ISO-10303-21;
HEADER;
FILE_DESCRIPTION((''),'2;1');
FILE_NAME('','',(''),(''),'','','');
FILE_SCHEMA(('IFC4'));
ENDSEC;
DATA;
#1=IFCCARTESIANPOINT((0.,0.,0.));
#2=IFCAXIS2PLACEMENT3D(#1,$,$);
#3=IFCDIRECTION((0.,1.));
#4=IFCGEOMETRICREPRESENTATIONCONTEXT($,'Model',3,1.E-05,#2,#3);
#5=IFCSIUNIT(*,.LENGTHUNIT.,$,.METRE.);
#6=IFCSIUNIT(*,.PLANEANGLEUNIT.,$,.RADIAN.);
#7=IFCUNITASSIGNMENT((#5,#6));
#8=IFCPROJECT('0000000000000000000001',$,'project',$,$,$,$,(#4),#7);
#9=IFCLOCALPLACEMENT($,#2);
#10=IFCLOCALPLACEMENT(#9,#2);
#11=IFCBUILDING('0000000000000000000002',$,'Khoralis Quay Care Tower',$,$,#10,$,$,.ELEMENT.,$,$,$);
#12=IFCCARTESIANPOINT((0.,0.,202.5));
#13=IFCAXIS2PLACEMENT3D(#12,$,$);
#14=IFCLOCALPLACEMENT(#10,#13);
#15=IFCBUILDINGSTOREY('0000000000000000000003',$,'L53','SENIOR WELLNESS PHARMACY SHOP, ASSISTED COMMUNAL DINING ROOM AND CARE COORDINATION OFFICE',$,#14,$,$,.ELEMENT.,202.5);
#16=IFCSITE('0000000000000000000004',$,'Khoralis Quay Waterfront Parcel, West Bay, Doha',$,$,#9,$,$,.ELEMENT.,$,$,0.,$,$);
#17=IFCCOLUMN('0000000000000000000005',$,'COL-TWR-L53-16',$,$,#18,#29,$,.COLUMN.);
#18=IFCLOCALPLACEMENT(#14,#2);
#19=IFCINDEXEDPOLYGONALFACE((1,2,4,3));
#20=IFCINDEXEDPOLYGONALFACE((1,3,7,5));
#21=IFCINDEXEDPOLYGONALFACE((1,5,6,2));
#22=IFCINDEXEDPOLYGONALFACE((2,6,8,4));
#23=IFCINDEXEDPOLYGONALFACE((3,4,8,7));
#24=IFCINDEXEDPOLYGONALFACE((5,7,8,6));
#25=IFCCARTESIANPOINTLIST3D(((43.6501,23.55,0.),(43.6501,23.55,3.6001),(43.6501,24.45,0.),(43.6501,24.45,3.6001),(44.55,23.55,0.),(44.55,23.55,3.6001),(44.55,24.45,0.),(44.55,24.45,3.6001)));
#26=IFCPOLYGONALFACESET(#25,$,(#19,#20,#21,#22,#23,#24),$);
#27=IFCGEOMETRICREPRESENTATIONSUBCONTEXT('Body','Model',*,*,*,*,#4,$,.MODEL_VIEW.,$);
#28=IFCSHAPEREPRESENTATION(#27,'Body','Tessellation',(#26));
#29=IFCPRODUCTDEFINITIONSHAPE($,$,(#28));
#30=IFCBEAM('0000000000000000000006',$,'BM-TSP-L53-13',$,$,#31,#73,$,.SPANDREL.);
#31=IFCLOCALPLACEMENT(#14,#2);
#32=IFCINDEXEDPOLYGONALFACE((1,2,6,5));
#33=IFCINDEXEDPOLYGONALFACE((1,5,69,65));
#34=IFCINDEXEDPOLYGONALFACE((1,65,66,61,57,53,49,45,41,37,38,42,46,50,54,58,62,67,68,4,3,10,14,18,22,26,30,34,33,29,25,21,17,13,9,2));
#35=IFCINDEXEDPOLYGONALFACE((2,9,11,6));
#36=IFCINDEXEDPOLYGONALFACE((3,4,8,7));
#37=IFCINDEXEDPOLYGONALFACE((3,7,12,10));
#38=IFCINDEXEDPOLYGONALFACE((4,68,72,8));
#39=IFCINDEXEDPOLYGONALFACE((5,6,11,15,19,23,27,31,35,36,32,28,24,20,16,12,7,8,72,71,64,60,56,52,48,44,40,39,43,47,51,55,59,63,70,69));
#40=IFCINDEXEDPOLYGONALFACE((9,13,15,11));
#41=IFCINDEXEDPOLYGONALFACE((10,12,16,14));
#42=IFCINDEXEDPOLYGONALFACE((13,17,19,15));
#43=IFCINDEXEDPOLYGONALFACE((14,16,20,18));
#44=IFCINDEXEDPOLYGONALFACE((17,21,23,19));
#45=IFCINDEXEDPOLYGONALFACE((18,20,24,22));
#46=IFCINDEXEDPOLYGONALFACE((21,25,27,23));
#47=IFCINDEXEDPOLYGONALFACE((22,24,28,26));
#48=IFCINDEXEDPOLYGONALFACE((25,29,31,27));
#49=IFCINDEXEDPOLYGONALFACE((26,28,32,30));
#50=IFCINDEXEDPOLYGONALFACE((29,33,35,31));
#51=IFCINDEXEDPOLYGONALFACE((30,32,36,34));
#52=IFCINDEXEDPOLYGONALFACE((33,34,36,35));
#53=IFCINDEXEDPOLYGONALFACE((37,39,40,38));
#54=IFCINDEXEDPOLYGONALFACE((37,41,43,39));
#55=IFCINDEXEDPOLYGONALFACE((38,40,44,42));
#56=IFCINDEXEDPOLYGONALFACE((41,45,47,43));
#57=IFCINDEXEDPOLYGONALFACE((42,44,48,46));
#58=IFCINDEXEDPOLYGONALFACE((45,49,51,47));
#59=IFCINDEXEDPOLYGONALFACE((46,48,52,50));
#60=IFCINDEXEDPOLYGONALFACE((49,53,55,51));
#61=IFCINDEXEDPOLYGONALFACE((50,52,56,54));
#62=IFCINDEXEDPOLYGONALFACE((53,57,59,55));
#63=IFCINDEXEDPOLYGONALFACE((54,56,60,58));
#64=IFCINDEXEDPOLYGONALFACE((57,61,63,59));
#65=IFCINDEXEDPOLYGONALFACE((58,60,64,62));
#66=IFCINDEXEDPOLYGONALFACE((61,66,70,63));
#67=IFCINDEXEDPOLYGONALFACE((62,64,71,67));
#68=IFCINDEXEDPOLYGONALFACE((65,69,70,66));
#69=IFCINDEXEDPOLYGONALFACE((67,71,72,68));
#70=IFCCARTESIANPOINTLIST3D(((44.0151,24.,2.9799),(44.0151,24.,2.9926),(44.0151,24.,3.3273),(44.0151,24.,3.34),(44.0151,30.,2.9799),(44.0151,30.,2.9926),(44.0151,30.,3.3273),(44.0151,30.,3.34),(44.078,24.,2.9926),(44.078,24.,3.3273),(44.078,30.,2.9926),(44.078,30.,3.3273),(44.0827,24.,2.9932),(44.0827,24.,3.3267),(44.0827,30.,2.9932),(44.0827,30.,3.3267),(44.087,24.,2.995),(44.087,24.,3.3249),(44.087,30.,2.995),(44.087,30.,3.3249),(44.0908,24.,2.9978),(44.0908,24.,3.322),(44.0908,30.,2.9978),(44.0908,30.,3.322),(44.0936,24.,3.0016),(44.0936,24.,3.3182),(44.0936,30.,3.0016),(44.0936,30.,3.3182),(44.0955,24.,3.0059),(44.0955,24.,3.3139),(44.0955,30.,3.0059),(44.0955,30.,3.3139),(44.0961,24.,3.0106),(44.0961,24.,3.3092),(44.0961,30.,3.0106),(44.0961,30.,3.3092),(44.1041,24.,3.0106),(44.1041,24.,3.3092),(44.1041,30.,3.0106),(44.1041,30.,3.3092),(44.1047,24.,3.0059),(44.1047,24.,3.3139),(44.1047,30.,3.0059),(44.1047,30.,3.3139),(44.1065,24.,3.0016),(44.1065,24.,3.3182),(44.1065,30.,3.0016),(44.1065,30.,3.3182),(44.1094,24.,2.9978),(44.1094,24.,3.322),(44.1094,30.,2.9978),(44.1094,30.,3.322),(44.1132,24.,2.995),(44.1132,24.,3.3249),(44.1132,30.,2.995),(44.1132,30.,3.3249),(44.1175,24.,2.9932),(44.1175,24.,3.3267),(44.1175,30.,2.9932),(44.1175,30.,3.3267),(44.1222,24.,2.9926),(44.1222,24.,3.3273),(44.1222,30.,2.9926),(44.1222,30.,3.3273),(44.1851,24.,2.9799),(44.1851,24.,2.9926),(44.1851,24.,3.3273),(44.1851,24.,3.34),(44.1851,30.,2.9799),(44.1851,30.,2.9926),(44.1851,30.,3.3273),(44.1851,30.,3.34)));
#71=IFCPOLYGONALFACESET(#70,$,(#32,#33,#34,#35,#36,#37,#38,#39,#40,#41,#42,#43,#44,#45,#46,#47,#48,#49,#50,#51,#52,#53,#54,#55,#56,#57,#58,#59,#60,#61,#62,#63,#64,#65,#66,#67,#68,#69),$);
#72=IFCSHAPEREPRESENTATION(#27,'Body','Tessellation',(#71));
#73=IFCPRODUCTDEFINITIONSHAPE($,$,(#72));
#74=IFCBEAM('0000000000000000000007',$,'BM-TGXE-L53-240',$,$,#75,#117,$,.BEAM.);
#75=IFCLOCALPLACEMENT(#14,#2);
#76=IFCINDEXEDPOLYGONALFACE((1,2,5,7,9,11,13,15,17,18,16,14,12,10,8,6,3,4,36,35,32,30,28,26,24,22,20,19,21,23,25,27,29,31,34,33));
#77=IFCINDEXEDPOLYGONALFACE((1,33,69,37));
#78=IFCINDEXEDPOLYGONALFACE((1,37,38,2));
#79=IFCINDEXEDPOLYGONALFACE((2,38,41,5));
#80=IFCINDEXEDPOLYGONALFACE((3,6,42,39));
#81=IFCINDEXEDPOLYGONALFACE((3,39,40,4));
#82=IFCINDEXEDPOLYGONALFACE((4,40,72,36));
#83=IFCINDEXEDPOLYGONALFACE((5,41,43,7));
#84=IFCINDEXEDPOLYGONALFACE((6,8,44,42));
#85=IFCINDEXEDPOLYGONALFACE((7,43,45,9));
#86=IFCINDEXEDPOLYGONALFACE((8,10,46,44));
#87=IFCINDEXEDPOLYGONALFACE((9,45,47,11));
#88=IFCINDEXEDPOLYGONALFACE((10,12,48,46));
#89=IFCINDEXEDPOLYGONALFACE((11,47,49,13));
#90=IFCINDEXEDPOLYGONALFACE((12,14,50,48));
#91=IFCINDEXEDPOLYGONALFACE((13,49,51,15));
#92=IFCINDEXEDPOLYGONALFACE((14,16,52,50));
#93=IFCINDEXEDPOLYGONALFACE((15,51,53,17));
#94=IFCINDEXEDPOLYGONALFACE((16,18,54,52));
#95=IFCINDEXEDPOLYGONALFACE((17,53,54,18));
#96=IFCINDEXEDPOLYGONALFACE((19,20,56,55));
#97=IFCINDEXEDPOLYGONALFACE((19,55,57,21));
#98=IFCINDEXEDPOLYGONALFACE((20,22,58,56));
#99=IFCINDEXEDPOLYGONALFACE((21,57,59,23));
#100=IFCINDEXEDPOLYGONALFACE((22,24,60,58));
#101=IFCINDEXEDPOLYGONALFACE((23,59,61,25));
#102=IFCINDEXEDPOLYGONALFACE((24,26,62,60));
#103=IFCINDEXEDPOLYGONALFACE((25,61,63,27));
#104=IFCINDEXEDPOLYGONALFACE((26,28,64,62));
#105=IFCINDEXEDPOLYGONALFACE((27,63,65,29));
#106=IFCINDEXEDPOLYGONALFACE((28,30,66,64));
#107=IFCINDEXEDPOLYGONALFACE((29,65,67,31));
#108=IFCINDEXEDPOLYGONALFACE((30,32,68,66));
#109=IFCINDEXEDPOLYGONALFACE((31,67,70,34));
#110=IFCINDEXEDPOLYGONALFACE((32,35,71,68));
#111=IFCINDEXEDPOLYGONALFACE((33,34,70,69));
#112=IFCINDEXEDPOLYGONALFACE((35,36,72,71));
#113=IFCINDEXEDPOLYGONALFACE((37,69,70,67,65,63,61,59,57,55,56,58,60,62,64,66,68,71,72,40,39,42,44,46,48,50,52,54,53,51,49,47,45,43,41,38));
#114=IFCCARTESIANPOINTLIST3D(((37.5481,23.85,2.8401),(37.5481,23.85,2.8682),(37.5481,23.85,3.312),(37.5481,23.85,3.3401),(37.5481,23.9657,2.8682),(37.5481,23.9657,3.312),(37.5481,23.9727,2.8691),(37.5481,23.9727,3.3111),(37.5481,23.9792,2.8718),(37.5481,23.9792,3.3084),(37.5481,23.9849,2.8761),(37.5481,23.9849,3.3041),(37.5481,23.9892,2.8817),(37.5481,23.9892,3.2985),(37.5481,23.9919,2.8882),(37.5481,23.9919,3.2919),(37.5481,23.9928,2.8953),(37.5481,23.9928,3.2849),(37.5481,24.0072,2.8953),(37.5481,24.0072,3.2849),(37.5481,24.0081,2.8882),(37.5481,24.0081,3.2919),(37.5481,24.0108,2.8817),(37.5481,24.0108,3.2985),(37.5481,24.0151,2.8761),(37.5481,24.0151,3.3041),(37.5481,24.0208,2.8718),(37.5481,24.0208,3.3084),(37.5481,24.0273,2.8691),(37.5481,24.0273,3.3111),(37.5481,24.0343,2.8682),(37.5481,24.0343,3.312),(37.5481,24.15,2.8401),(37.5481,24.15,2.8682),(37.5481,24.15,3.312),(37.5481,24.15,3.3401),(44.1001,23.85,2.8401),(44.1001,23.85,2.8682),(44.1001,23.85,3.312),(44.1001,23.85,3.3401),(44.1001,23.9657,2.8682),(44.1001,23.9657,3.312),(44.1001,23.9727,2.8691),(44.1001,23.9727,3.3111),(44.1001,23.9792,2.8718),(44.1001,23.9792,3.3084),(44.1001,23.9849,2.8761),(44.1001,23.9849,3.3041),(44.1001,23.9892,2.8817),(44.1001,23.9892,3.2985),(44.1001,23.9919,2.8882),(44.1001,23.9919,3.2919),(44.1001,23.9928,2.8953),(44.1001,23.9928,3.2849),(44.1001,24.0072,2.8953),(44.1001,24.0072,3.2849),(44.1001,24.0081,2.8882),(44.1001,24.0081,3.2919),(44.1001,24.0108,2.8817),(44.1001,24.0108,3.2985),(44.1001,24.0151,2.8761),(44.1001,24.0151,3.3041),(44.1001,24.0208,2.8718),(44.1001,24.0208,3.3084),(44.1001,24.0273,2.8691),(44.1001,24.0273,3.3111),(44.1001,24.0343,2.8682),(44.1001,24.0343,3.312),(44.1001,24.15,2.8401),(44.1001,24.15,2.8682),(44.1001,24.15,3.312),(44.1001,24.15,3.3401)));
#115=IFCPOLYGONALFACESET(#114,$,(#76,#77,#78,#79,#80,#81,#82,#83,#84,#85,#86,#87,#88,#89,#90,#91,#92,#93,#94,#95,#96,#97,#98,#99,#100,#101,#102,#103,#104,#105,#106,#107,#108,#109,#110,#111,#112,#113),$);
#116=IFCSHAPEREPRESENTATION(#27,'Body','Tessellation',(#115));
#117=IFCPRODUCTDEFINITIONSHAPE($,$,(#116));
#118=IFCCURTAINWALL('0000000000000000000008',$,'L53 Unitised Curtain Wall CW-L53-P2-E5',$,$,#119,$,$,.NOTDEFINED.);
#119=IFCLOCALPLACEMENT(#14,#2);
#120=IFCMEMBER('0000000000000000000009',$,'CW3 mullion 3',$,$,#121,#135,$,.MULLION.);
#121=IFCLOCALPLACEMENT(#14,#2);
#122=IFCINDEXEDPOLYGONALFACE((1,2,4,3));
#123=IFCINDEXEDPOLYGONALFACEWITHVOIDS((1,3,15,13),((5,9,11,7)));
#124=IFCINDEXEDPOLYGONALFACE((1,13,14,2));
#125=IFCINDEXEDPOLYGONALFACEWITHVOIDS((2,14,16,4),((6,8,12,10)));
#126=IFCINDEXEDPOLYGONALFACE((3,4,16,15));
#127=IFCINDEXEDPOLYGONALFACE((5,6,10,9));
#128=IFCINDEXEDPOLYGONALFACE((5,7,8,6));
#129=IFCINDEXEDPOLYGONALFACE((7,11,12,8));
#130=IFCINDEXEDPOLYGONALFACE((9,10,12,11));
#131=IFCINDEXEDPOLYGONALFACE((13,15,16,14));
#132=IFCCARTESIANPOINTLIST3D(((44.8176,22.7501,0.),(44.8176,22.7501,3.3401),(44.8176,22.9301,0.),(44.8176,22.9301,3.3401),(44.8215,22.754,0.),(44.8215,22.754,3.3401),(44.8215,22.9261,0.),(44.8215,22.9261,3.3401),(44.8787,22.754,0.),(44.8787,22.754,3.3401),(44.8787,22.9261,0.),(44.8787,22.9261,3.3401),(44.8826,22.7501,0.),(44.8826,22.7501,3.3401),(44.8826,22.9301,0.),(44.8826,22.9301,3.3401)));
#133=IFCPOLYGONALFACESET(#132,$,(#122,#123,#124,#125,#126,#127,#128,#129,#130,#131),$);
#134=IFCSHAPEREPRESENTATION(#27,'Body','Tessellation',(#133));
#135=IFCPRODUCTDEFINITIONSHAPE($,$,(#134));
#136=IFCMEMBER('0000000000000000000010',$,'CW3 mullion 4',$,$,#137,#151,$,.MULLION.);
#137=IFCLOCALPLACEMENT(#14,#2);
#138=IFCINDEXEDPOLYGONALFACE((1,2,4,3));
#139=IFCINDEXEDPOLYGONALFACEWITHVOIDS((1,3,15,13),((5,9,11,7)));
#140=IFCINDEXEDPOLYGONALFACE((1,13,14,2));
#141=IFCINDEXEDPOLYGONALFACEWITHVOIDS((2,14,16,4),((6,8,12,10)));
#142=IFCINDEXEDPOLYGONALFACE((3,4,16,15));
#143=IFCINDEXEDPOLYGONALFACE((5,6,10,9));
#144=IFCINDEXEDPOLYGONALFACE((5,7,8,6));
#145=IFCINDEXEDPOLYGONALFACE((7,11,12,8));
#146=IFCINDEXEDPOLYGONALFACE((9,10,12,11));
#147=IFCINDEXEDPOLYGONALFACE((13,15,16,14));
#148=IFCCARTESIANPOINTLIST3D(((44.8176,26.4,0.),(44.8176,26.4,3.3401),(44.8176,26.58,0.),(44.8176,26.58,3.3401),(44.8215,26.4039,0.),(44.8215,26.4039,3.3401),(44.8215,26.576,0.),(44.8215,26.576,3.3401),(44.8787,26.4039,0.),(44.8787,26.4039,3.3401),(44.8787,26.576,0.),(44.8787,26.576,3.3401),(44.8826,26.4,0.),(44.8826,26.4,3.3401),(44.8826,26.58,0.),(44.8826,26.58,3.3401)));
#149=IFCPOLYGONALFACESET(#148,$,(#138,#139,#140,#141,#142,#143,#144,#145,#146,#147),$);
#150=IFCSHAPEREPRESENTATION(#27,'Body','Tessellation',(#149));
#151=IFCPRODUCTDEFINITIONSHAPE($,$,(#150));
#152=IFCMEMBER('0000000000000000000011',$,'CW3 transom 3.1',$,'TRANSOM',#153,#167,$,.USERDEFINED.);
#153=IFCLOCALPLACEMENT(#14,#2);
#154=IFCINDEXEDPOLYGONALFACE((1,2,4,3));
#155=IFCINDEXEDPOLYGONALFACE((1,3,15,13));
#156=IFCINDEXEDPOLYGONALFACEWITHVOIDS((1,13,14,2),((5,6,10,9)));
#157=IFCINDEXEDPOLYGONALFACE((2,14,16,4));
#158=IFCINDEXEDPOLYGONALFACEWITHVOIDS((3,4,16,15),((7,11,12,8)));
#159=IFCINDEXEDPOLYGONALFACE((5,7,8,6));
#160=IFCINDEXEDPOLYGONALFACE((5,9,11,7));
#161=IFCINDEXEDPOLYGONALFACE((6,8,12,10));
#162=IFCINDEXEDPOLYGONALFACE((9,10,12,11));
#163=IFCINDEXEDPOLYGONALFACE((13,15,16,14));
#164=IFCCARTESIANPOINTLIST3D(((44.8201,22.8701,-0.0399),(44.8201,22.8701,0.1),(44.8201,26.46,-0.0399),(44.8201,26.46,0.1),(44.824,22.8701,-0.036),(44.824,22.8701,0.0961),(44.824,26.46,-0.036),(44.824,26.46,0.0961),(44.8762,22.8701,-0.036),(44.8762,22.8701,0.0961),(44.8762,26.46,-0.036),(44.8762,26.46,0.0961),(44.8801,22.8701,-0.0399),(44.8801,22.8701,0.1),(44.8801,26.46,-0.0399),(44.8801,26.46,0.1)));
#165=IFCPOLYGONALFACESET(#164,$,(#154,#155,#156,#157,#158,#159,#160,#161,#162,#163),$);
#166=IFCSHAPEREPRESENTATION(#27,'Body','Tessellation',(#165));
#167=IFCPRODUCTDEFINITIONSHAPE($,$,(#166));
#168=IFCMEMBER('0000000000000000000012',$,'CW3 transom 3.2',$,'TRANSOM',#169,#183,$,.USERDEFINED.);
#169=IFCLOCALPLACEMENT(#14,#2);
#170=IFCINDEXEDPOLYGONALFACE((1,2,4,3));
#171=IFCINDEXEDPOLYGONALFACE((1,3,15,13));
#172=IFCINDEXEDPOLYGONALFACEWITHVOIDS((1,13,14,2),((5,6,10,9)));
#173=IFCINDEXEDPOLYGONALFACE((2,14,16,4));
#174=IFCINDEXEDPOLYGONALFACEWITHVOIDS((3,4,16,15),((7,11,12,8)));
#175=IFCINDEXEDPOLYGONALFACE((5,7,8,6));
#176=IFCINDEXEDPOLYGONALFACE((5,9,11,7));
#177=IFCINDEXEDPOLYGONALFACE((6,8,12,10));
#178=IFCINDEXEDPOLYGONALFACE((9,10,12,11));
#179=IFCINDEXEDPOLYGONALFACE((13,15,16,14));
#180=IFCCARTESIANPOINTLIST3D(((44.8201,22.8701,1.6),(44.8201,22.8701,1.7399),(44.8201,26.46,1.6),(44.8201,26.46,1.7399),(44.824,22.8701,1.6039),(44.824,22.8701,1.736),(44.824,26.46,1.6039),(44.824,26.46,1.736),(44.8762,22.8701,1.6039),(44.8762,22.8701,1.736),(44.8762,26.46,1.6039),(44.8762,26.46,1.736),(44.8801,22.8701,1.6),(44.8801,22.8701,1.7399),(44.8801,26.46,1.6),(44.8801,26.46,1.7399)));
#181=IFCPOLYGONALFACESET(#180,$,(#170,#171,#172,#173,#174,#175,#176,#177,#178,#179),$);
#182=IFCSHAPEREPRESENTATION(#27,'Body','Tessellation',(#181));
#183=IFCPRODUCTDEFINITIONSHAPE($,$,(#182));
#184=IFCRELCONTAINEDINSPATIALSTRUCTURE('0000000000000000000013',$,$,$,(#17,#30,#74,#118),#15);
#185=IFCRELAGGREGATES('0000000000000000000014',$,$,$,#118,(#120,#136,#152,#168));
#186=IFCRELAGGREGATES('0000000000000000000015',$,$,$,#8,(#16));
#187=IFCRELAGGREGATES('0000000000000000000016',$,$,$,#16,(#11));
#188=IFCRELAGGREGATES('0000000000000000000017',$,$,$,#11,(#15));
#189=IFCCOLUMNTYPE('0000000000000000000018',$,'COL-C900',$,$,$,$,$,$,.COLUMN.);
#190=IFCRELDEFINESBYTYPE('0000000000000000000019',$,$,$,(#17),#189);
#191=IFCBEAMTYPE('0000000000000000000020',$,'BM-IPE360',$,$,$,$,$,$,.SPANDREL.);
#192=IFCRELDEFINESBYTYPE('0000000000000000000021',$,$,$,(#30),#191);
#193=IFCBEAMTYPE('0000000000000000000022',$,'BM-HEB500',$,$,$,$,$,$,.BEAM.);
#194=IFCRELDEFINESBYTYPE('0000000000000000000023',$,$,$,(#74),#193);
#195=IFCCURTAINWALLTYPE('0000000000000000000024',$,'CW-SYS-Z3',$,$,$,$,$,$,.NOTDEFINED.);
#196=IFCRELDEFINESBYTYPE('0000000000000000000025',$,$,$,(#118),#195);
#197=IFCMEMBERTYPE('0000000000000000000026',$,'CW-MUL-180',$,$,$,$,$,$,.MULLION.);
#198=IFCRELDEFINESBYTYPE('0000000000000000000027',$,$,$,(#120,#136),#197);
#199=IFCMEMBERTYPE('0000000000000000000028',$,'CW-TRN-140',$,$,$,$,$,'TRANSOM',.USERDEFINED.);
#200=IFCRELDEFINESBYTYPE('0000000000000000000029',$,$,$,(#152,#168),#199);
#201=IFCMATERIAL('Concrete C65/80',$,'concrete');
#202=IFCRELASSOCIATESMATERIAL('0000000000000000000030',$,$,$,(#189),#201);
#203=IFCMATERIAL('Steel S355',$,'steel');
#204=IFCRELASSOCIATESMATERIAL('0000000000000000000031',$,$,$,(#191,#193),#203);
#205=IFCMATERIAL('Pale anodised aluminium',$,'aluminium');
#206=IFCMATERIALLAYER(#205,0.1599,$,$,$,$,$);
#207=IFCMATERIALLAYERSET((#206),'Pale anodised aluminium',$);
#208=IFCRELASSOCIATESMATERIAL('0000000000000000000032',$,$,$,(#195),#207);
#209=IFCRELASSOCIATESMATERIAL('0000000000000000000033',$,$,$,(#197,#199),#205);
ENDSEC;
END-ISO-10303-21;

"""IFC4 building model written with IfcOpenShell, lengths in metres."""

from ifc_helpers import new_model, si_unit, direction, frame, origin, origin_2d, place, context, subcontext, project, spatial, rectangle, hollow_rectangle, i_section, extrude, source, transform, mapped, material, layer, layer_set, material_profile, profile_set, type_object, element, aggregate, save


model = new_model("IFC4")

# Units and contexts
model_context = context("Model", 3, precision=1e-05, world=origin(), true_north=direction((0.0, 1.0)))
body_context = subcontext(model_context, "Body", "Model", "MODEL_VIEW")
ifc_project = project(units=[si_unit("LENGTHUNIT", "METRE"), si_unit("PLANEANGLEUNIT", "RADIAN")], contexts=[model_context])

# Site, building, storey
site_placement = place(None, origin())
site = spatial("IfcSite", under=ifc_project, at=site_placement, Name="Khoralis Quay Waterfront Parcel, West Bay, Doha", CompositionType="ELEMENT", RefElevation=0.0)
building_placement = place(site_placement, origin())
building = spatial("IfcBuilding", under=site, at=building_placement, Name="Khoralis Quay Care Tower", CompositionType="ELEMENT")
storey_placement = place(building_placement, frame((0.0, 0.0, 202.5)))
storey = spatial("IfcBuildingStorey", under=building, at=storey_placement, Name="L53", Description="SENIOR WELLNESS PHARMACY SHOP, ASSISTED COMMUNAL DINING ROOM AND CARE COORDINATION OFFICE", CompositionType="ELEMENT", Elevation=202.5)

# Column
ifc_material_1 = material(Name="Concrete C65/80", Category="concrete")
ifc_material_profile_1 = material_profile(ifc_material_1, rectangle(XDim=0.8999, YDim=0.8999, at=origin_2d()), Name="Concrete C65/80")
ifc_profile_set_1 = profile_set([ifc_material_profile_1], Name="Concrete C65/80")
column_type = type_object("IfcColumnType", Name="COL-C900", PredefinedType="COLUMN", material=ifc_profile_set_1)
shared_shape_1 = source(origin(), body_context, "Body", "SweptSolid", [
    extrude(rectangle(XDim=0.8999, YDim=0.8999, at=origin_2d()), origin(), (0.0, 0.0, 1.0), 3.6001),
])
column_placement = place(storey_placement, frame((44.1001, 24.0, 0.0), z_axis=(0.0, 0.0, 1.0), x_axis=(1.0, 0.0, 0.0)))
element("IfcColumn", 1, at=column_placement, inside=storey, type_object=column_type, Name="COL-TWR-L53-16", PredefinedType="COLUMN", context=body_context, shape_type="MappedRepresentation", body=[
    mapped(shared_shape_1, transform((0.0, 0.0, 0.0), scale=1.0)),
])

# Beams
ifc_material_2 = material(Name="Steel S355", Category="steel")
ifc_material_profile_2 = material_profile(ifc_material_2, i_section(OverallWidth=0.1699, OverallDepth=0.3601, WebThickness=0.0081, FlangeThickness=0.0127, FilletRadius=0.0181, at=origin_2d()), Name="Steel S355")
ifc_profile_set_2 = profile_set([ifc_material_profile_2], Name="Steel S355")
beam_type_1 = type_object("IfcBeamType", Name="BM-IPE360", PredefinedType="SPANDREL", material=ifc_profile_set_2)
shared_shape_2 = source(origin(), body_context, "Body", "SweptSolid", [
    extrude(i_section(OverallWidth=0.1699, OverallDepth=0.3601, WebThickness=0.0081, FlangeThickness=0.0127, FilletRadius=0.0181, at=origin_2d()), origin(), (0.0, 0.0, 1.0), 6.0),
])
beam_1_placement = place(storey_placement, frame((44.1001, 24.0, 3.1599), z_axis=(0.0, 1.0, 0.0), x_axis=(-1.0, 0.0, 0.0)))
element("IfcBeam", 2, at=beam_1_placement, inside=storey, type_object=beam_type_1, Name="BM-TSP-L53-13", PredefinedType="SPANDREL", context=body_context, shape_type="MappedRepresentation", body=[
    mapped(shared_shape_2, transform((0.0, 0.0, 0.0), scale=1.0)),
])
ifc_material_profile_3 = material_profile(ifc_material_2, i_section(OverallWidth=0.3, OverallDepth=0.5, WebThickness=0.0144, FlangeThickness=0.0281, FilletRadius=0.0271, at=origin_2d()), Name="Steel S355")
ifc_profile_set_3 = profile_set([ifc_material_profile_3], Name="Steel S355")
beam_type_2 = type_object("IfcBeamType", Name="BM-HEB500", PredefinedType="BEAM", material=ifc_profile_set_3)
shared_shape_3 = source(origin(), body_context, "Body", "SweptSolid", [
    extrude(i_section(OverallWidth=0.3, OverallDepth=0.5, WebThickness=0.0144, FlangeThickness=0.0281, FilletRadius=0.0271, at=origin_2d()), origin(), (0.0, 0.0, 1.0), 6.552),
])
beam_2_placement = place(storey_placement, frame((37.5481, 24.0, 3.0901), z_axis=(1.0, 0.0, 0.0), x_axis=(0.0, 1.0, 0.0)))
element("IfcBeam", 3, at=beam_2_placement, inside=storey, type_object=beam_type_2, Name="BM-TGXE-L53-240", PredefinedType="BEAM", context=body_context, shape_type="MappedRepresentation", body=[
    mapped(shared_shape_3, transform((0.0, 0.0, 0.0), scale=1.0)),
])

# Curtain wall, members
ifc_material_3 = material(Name="Pale anodised aluminium", Category="aluminium")
ifc_layer_1 = layer(ifc_material_3, 0.1599)
ifc_layer_set_1 = layer_set([ifc_layer_1], Name="Pale anodised aluminium")
curtain_wall_type = type_object("IfcCurtainWallType", Name="CW-SYS-Z3", PredefinedType="NOTDEFINED", material=ifc_layer_set_1)
curtain_wall_placement = place(storey_placement, origin())
curtain_wall = element("IfcCurtainWall", 4, at=curtain_wall_placement, inside=storey, type_object=curtain_wall_type, Name="L53 Unitised Curtain Wall CW-L53-P2-E5", PredefinedType="NOTDEFINED")
ifc_material_profile_4 = material_profile(ifc_material_3, hollow_rectangle(XDim=0.0649, YDim=0.1799, WallThickness=0.0039, at=origin_2d()), Name="Pale anodised aluminium")
ifc_profile_set_4 = profile_set([ifc_material_profile_4], Name="Pale anodised aluminium")
member_type_1 = type_object("IfcMemberType", Name="CW-MUL-180", PredefinedType="MULLION", material=ifc_profile_set_4)
shared_shape_4 = source(origin(), body_context, "Body", "SweptSolid", [
    extrude(hollow_rectangle(XDim=0.0649, YDim=0.1799, WallThickness=0.0039, at=origin_2d()), origin(), (0.0, 0.0, 1.0), 3.3401),
])
member_1_placement = place(storey_placement, frame((44.8501, 22.8401, 0.0), z_axis=(0.0, 0.0, 1.0), x_axis=(-1.0, 0.0, 0.0)))
member_1 = element("IfcMember", 5, at=member_1_placement, type_object=member_type_1, Name="CW3 mullion 3", PredefinedType="MULLION", context=body_context, shape_type="MappedRepresentation", body=[
    mapped(shared_shape_4, transform((0.0, 0.0, 0.0), scale=1.0)),
])
member_2_placement = place(storey_placement, frame((44.8501, 26.49, 0.0), z_axis=(0.0, 0.0, 1.0), x_axis=(-1.0, 0.0, 0.0)))
member_2 = element("IfcMember", 6, at=member_2_placement, type_object=member_type_1, Name="CW3 mullion 4", PredefinedType="MULLION", context=body_context, shape_type="MappedRepresentation", body=[
    mapped(shared_shape_4, transform((0.0, 0.0, 0.0), scale=1.0)),
])
ifc_material_profile_5 = material_profile(ifc_material_3, hollow_rectangle(XDim=0.0601, YDim=0.1399, WallThickness=0.0039, at=origin_2d()), Name="Pale anodised aluminium")
ifc_profile_set_5 = profile_set([ifc_material_profile_5], Name="Pale anodised aluminium")
member_type_2 = type_object("IfcMemberType", Name="CW-TRN-140", ElementType="TRANSOM", PredefinedType="USERDEFINED", material=ifc_profile_set_5)
shared_shape_5 = source(origin(), body_context, "Body", "SweptSolid", [
    extrude(hollow_rectangle(XDim=0.0601, YDim=0.1399, WallThickness=0.0039, at=origin_2d()), origin(), (0.0, 0.0, 1.0), 3.5898),
])
member_3_placement = place(storey_placement, frame((44.8501, 22.8701, 0.03), z_axis=(0.0, 1.0, 0.0), x_axis=(-1.0, 0.0, 0.0)))
member_3 = element("IfcMember", 7, at=member_3_placement, type_object=member_type_2, Name="CW3 transom 3.1", ObjectType="TRANSOM", PredefinedType="USERDEFINED", context=body_context, shape_type="MappedRepresentation", body=[
    mapped(shared_shape_5, transform((0.0, 0.0, 0.0), scale=1.0)),
])
member_4_placement = place(storey_placement, frame((44.8501, 22.8701, 1.6699), z_axis=(0.0, 1.0, 0.0), x_axis=(-1.0, 0.0, 0.0)))
member_4 = element("IfcMember", 8, at=member_4_placement, type_object=member_type_2, Name="CW3 transom 3.2", ObjectType="TRANSOM", PredefinedType="USERDEFINED", context=body_context, shape_type="MappedRepresentation", body=[
    mapped(shared_shape_5, transform((0.0, 0.0, 0.0), scale=1.0)),
])
aggregate(curtain_wall, [member_1, member_2, member_3, member_4])

save(model, "model.ifc")
